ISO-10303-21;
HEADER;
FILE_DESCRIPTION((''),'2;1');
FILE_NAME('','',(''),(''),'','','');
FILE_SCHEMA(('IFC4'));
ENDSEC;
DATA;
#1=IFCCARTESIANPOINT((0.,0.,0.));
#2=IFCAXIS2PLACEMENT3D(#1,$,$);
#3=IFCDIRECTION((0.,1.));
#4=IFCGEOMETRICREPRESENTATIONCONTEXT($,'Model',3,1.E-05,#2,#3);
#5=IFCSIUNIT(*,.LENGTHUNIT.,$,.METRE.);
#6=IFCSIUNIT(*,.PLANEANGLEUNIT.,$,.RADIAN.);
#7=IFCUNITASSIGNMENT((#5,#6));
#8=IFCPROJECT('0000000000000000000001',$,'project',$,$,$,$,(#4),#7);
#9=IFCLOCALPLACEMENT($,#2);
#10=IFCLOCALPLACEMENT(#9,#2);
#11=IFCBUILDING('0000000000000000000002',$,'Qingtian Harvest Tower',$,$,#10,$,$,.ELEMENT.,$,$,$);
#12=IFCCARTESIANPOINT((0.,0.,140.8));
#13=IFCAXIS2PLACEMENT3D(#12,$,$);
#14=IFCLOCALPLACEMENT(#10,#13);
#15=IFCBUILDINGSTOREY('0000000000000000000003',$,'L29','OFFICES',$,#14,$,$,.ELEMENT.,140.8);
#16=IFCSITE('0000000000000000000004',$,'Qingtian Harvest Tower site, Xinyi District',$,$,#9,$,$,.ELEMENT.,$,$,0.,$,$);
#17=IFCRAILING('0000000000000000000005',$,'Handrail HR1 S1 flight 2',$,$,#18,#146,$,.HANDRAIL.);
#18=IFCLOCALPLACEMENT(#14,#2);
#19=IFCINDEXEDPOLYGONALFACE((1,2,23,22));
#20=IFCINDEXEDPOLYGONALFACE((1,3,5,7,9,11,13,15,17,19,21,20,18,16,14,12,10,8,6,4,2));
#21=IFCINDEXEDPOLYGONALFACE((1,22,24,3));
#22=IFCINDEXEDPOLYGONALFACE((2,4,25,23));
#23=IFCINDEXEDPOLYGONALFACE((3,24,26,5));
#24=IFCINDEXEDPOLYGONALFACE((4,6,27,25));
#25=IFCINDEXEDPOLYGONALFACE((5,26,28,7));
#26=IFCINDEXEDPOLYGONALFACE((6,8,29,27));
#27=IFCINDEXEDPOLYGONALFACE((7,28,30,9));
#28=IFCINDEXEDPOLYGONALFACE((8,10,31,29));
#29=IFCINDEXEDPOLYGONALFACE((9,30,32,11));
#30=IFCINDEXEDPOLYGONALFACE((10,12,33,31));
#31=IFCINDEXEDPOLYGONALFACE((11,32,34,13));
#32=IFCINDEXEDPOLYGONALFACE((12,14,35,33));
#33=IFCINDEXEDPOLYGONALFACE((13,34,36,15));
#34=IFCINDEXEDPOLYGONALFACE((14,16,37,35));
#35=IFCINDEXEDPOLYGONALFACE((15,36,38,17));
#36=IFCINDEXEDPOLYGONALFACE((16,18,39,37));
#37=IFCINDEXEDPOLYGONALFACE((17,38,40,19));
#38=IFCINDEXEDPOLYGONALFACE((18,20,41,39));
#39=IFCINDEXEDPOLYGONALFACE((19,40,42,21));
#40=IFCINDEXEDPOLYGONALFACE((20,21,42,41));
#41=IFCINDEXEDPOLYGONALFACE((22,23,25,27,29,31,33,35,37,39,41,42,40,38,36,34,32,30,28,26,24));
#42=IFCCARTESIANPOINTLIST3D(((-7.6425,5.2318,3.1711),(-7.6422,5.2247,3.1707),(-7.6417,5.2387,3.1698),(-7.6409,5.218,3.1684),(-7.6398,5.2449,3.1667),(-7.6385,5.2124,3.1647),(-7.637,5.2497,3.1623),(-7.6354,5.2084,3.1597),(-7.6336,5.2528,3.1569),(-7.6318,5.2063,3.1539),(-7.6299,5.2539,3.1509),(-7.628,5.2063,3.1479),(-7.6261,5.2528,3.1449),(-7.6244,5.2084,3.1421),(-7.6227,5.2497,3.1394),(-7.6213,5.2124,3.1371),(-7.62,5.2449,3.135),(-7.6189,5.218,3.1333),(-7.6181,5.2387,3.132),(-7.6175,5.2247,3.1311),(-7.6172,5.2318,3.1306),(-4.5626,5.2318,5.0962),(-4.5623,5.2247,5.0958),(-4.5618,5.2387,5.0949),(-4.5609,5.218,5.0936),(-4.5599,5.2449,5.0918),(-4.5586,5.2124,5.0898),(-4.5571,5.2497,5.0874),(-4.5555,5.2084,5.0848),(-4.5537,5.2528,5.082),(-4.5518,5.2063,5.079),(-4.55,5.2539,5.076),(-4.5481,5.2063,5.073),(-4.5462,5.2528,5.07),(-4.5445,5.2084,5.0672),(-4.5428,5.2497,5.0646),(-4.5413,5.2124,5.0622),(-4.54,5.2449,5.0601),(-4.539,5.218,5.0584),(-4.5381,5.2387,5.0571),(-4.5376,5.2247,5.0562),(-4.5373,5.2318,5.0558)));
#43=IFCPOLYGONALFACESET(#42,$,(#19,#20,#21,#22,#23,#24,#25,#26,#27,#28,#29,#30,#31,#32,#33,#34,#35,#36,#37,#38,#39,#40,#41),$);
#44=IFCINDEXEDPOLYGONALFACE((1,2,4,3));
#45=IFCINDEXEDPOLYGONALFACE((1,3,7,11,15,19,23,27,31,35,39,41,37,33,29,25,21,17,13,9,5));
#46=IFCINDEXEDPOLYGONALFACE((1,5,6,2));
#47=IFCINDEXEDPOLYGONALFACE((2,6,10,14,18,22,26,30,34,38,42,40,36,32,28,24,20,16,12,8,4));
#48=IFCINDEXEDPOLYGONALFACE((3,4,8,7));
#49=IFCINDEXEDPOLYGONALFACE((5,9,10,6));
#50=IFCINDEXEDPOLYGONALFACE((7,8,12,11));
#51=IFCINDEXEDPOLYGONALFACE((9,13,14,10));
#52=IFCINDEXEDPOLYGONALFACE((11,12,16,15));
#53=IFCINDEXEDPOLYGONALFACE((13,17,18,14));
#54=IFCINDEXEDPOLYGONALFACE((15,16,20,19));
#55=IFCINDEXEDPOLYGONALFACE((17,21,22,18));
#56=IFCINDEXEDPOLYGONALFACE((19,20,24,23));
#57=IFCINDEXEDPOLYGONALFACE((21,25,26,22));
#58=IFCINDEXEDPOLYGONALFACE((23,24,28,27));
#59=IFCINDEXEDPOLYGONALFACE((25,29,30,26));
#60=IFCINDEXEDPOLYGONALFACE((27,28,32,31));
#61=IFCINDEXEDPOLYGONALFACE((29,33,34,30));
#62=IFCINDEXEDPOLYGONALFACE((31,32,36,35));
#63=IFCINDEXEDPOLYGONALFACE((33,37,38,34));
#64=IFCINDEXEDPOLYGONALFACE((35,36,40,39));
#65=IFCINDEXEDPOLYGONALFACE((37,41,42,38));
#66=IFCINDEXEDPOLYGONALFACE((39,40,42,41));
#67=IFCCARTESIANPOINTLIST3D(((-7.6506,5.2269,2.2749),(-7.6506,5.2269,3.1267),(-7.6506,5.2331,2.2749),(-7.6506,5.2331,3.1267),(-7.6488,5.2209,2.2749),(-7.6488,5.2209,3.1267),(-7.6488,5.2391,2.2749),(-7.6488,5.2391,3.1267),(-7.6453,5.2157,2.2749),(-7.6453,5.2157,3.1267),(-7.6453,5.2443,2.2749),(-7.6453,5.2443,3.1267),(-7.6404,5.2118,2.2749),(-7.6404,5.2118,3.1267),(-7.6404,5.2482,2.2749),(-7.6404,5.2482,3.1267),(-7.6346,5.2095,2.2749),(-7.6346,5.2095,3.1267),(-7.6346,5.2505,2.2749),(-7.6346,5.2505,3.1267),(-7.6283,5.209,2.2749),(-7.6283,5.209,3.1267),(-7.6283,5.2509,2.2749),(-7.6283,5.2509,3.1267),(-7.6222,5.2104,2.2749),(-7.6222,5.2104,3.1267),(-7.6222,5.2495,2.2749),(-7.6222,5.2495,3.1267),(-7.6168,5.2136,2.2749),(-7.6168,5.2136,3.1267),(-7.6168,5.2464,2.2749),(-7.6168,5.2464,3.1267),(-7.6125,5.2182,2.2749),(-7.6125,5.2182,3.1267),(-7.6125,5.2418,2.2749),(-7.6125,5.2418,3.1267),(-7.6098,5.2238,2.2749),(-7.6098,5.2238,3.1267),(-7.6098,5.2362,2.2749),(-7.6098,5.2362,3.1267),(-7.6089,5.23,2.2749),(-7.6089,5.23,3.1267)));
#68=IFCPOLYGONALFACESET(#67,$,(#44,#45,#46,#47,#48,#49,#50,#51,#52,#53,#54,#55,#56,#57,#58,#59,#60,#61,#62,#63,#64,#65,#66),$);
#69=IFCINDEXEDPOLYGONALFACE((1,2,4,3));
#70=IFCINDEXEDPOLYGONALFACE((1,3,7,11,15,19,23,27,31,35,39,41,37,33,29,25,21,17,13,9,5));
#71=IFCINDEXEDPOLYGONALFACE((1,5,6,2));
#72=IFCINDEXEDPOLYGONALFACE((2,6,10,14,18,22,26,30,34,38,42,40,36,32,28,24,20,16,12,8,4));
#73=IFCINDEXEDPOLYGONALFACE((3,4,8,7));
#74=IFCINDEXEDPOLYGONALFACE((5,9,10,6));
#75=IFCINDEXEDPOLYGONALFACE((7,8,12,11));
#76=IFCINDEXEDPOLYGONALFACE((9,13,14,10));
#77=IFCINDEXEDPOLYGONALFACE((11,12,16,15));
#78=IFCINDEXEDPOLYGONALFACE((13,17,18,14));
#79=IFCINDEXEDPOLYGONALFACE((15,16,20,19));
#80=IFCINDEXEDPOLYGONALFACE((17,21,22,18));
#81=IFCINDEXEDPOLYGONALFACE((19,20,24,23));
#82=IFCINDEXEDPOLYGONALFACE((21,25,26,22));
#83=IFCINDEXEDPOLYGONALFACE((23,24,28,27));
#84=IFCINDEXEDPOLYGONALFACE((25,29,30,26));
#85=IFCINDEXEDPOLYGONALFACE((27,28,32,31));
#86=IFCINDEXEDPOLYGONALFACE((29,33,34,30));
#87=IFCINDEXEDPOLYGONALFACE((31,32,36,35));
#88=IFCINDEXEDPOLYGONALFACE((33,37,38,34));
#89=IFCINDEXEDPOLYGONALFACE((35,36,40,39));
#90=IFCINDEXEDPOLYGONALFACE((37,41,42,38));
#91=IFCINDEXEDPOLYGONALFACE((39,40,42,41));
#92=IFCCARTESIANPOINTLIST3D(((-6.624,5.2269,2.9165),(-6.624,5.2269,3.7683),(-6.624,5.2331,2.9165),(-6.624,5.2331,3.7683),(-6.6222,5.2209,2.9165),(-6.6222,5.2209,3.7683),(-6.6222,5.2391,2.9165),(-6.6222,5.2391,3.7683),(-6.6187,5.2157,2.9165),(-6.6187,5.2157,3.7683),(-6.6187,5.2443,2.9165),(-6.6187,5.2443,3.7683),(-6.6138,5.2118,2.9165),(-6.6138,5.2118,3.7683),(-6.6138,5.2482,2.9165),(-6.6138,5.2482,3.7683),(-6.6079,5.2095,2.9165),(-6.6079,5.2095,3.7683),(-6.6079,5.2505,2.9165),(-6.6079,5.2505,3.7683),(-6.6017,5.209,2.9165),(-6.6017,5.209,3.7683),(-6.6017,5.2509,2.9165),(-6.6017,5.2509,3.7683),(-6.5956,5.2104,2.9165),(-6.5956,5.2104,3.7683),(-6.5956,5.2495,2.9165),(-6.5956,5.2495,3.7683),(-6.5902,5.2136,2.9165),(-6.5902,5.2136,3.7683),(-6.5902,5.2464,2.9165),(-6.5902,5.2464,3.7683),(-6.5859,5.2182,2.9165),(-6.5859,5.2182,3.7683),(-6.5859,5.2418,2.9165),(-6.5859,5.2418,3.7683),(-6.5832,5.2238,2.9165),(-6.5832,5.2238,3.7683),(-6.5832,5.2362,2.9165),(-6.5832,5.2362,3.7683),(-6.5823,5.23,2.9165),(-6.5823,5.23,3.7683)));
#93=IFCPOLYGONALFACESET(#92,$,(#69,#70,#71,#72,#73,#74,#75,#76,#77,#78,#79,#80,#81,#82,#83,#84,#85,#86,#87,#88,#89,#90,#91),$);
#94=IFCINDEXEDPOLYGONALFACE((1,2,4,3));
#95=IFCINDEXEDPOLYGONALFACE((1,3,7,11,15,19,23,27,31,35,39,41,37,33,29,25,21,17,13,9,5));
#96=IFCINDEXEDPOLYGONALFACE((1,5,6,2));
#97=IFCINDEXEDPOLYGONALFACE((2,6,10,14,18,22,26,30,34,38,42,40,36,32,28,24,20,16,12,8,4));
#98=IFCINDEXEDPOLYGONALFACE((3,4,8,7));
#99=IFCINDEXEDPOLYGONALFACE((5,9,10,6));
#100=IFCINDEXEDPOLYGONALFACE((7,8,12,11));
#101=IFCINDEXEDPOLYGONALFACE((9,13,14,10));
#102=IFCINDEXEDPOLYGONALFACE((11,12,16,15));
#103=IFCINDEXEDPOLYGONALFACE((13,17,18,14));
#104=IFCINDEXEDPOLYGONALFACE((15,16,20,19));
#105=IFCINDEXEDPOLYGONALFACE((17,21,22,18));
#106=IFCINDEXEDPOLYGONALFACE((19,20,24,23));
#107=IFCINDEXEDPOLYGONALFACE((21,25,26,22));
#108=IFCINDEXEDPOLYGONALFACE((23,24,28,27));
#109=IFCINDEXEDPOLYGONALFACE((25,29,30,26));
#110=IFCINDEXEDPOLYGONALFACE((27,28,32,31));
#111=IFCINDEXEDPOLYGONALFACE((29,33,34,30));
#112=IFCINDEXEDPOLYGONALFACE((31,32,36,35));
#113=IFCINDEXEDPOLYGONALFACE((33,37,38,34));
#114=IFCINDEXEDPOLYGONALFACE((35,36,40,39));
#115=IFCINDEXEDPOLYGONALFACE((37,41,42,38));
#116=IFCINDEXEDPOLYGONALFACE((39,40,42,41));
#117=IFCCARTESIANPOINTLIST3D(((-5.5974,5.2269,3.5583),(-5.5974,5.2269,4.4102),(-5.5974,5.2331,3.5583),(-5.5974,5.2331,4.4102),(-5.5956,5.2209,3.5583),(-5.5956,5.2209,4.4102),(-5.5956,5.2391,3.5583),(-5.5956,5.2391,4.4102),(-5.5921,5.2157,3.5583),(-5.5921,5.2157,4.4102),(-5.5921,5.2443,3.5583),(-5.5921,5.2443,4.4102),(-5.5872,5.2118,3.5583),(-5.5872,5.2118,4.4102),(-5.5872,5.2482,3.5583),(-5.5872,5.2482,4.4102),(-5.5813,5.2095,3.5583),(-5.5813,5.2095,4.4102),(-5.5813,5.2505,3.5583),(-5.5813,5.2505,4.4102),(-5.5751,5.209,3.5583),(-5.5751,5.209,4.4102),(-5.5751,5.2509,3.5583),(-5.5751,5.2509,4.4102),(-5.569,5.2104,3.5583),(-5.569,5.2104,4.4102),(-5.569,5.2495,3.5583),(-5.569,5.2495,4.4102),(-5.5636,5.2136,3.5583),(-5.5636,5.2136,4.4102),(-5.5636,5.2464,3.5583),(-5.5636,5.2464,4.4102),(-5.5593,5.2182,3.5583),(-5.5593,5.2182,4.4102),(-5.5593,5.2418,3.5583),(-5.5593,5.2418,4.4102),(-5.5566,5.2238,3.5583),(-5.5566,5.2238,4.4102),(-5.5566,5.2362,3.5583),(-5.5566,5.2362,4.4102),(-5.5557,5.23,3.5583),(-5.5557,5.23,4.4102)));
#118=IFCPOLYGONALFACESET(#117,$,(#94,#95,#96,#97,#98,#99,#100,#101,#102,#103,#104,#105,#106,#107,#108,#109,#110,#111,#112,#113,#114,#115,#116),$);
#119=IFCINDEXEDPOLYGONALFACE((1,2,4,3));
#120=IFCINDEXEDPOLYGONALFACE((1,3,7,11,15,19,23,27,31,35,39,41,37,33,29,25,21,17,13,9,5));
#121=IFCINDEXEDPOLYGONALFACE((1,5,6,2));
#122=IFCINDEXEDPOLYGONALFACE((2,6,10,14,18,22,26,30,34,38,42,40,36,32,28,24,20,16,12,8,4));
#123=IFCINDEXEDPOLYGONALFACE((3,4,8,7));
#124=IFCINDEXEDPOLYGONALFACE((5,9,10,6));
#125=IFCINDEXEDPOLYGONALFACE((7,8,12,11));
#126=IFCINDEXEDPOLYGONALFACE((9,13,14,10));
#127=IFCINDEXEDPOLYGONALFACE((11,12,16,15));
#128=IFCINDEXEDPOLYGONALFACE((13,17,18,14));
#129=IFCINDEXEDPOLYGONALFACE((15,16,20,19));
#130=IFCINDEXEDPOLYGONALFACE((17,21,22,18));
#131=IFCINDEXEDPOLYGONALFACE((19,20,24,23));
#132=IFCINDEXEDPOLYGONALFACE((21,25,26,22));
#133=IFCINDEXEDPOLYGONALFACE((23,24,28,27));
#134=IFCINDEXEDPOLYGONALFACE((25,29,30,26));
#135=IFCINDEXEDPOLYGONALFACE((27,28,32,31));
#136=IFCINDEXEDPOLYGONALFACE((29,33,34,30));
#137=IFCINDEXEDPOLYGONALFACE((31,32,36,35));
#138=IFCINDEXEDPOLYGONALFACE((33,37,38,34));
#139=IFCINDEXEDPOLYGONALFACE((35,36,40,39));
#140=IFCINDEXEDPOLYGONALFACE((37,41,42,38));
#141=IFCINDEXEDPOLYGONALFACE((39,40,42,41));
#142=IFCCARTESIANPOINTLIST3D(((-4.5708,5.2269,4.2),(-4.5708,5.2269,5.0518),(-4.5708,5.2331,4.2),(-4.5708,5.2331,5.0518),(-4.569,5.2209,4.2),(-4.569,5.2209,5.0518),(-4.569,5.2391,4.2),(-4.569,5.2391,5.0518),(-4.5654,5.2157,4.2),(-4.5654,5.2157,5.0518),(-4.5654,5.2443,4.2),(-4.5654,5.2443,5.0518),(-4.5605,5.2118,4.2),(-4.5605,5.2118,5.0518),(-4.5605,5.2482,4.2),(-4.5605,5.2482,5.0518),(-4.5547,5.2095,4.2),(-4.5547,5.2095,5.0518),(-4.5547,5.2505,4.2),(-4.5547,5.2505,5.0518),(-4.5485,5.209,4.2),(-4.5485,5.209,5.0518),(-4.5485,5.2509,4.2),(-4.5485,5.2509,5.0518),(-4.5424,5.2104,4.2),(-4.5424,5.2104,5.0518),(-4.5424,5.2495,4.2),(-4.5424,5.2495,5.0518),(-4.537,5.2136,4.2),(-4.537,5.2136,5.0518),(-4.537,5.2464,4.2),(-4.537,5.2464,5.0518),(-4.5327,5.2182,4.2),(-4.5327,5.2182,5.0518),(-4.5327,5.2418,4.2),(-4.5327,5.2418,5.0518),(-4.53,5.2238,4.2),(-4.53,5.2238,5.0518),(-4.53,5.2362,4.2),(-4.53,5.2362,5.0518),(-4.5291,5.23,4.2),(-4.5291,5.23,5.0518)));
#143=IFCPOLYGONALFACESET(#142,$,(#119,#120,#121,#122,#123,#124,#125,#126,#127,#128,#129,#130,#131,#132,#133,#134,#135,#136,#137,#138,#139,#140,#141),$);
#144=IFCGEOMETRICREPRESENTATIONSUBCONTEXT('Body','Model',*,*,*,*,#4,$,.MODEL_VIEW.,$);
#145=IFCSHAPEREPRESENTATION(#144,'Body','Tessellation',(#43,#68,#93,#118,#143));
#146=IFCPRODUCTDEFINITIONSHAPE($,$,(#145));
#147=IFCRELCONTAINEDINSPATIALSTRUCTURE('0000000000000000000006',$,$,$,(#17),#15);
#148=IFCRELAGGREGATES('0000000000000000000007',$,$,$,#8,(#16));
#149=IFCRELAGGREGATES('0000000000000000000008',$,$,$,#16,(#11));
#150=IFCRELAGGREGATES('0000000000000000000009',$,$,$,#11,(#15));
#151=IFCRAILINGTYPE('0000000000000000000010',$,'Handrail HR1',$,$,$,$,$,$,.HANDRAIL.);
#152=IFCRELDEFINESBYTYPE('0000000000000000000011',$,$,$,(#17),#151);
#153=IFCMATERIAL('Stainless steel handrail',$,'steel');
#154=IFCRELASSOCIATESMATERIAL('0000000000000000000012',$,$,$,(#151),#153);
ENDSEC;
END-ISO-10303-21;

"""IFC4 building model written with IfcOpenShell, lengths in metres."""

from ifc_helpers import new_model, si_unit, direction, frame, origin, origin_2d, place, context, subcontext, project, spatial, circle, extrude, material, type_object, element, save


model = new_model("IFC4")

# Units and contexts
model_context = context("Model", 3, precision=1e-05, world=origin(), true_north=direction((0.0, 1.0)))
body_context = subcontext(model_context, "Body", "Model", "MODEL_VIEW")
ifc_project = project(units=[si_unit("LENGTHUNIT", "METRE"), si_unit("PLANEANGLEUNIT", "RADIAN")], contexts=[model_context])

# Site, building, storey
site_placement = place(None, origin())
site = spatial("IfcSite", under=ifc_project, at=site_placement, Name="Qingtian Harvest Tower site, Xinyi District", CompositionType="ELEMENT", RefElevation=0.0)
building_placement = place(site_placement, origin())
building = spatial("IfcBuilding", under=site, at=building_placement, Name="Qingtian Harvest Tower", CompositionType="ELEMENT")
storey_placement = place(building_placement, frame((0.0, 0.0, 140.8)))
storey = spatial("IfcBuildingStorey", under=building, at=storey_placement, Name="L29", Description="OFFICES", CompositionType="ELEMENT", Elevation=140.8)

# Railing
ifc_material_1 = material(Name="Stainless steel handrail", Category="steel")
railing_type = type_object("IfcRailingType", Name="Handrail HR1", PredefinedType="HANDRAIL", material=ifc_material_1)
railing_placement = place(storey_placement, frame((-7.6299, 5.23, 2.2749)))
element("IfcRailing", 1, at=railing_placement, inside=storey, type_object=railing_type, Name="Handrail HR1 S1 flight 2", PredefinedType="HANDRAIL", context=body_context, shape_type="SweptSolid", body=[
    extrude(circle(Radius=0.0239, at=origin_2d()), frame((0.0, 0.0, 0.876), z_axis=(0.847979, 0.0, 0.530029), x_axis=(0.0, 1.0, 0.0)), (0.0, 0.0, 1.0), 3.6321),
    extrude(circle(Radius=0.021, at=origin_2d()), origin(), (0.0, 0.0, 1.0), 0.8518),
    extrude(circle(Radius=0.021, at=origin_2d()), frame((1.0266, 0.0, 0.6416)), (0.0, 0.0, 1.0), 0.8518),
    extrude(circle(Radius=0.021, at=origin_2d()), frame((2.0532, 0.0, 1.2834)), (0.0, 0.0, 1.0), 0.8518),
    extrude(circle(Radius=0.021, at=origin_2d()), frame((3.0798, 0.0, 1.925)), (0.0, 0.0, 1.0), 0.8518),
])

save(model, "model.ifc")
